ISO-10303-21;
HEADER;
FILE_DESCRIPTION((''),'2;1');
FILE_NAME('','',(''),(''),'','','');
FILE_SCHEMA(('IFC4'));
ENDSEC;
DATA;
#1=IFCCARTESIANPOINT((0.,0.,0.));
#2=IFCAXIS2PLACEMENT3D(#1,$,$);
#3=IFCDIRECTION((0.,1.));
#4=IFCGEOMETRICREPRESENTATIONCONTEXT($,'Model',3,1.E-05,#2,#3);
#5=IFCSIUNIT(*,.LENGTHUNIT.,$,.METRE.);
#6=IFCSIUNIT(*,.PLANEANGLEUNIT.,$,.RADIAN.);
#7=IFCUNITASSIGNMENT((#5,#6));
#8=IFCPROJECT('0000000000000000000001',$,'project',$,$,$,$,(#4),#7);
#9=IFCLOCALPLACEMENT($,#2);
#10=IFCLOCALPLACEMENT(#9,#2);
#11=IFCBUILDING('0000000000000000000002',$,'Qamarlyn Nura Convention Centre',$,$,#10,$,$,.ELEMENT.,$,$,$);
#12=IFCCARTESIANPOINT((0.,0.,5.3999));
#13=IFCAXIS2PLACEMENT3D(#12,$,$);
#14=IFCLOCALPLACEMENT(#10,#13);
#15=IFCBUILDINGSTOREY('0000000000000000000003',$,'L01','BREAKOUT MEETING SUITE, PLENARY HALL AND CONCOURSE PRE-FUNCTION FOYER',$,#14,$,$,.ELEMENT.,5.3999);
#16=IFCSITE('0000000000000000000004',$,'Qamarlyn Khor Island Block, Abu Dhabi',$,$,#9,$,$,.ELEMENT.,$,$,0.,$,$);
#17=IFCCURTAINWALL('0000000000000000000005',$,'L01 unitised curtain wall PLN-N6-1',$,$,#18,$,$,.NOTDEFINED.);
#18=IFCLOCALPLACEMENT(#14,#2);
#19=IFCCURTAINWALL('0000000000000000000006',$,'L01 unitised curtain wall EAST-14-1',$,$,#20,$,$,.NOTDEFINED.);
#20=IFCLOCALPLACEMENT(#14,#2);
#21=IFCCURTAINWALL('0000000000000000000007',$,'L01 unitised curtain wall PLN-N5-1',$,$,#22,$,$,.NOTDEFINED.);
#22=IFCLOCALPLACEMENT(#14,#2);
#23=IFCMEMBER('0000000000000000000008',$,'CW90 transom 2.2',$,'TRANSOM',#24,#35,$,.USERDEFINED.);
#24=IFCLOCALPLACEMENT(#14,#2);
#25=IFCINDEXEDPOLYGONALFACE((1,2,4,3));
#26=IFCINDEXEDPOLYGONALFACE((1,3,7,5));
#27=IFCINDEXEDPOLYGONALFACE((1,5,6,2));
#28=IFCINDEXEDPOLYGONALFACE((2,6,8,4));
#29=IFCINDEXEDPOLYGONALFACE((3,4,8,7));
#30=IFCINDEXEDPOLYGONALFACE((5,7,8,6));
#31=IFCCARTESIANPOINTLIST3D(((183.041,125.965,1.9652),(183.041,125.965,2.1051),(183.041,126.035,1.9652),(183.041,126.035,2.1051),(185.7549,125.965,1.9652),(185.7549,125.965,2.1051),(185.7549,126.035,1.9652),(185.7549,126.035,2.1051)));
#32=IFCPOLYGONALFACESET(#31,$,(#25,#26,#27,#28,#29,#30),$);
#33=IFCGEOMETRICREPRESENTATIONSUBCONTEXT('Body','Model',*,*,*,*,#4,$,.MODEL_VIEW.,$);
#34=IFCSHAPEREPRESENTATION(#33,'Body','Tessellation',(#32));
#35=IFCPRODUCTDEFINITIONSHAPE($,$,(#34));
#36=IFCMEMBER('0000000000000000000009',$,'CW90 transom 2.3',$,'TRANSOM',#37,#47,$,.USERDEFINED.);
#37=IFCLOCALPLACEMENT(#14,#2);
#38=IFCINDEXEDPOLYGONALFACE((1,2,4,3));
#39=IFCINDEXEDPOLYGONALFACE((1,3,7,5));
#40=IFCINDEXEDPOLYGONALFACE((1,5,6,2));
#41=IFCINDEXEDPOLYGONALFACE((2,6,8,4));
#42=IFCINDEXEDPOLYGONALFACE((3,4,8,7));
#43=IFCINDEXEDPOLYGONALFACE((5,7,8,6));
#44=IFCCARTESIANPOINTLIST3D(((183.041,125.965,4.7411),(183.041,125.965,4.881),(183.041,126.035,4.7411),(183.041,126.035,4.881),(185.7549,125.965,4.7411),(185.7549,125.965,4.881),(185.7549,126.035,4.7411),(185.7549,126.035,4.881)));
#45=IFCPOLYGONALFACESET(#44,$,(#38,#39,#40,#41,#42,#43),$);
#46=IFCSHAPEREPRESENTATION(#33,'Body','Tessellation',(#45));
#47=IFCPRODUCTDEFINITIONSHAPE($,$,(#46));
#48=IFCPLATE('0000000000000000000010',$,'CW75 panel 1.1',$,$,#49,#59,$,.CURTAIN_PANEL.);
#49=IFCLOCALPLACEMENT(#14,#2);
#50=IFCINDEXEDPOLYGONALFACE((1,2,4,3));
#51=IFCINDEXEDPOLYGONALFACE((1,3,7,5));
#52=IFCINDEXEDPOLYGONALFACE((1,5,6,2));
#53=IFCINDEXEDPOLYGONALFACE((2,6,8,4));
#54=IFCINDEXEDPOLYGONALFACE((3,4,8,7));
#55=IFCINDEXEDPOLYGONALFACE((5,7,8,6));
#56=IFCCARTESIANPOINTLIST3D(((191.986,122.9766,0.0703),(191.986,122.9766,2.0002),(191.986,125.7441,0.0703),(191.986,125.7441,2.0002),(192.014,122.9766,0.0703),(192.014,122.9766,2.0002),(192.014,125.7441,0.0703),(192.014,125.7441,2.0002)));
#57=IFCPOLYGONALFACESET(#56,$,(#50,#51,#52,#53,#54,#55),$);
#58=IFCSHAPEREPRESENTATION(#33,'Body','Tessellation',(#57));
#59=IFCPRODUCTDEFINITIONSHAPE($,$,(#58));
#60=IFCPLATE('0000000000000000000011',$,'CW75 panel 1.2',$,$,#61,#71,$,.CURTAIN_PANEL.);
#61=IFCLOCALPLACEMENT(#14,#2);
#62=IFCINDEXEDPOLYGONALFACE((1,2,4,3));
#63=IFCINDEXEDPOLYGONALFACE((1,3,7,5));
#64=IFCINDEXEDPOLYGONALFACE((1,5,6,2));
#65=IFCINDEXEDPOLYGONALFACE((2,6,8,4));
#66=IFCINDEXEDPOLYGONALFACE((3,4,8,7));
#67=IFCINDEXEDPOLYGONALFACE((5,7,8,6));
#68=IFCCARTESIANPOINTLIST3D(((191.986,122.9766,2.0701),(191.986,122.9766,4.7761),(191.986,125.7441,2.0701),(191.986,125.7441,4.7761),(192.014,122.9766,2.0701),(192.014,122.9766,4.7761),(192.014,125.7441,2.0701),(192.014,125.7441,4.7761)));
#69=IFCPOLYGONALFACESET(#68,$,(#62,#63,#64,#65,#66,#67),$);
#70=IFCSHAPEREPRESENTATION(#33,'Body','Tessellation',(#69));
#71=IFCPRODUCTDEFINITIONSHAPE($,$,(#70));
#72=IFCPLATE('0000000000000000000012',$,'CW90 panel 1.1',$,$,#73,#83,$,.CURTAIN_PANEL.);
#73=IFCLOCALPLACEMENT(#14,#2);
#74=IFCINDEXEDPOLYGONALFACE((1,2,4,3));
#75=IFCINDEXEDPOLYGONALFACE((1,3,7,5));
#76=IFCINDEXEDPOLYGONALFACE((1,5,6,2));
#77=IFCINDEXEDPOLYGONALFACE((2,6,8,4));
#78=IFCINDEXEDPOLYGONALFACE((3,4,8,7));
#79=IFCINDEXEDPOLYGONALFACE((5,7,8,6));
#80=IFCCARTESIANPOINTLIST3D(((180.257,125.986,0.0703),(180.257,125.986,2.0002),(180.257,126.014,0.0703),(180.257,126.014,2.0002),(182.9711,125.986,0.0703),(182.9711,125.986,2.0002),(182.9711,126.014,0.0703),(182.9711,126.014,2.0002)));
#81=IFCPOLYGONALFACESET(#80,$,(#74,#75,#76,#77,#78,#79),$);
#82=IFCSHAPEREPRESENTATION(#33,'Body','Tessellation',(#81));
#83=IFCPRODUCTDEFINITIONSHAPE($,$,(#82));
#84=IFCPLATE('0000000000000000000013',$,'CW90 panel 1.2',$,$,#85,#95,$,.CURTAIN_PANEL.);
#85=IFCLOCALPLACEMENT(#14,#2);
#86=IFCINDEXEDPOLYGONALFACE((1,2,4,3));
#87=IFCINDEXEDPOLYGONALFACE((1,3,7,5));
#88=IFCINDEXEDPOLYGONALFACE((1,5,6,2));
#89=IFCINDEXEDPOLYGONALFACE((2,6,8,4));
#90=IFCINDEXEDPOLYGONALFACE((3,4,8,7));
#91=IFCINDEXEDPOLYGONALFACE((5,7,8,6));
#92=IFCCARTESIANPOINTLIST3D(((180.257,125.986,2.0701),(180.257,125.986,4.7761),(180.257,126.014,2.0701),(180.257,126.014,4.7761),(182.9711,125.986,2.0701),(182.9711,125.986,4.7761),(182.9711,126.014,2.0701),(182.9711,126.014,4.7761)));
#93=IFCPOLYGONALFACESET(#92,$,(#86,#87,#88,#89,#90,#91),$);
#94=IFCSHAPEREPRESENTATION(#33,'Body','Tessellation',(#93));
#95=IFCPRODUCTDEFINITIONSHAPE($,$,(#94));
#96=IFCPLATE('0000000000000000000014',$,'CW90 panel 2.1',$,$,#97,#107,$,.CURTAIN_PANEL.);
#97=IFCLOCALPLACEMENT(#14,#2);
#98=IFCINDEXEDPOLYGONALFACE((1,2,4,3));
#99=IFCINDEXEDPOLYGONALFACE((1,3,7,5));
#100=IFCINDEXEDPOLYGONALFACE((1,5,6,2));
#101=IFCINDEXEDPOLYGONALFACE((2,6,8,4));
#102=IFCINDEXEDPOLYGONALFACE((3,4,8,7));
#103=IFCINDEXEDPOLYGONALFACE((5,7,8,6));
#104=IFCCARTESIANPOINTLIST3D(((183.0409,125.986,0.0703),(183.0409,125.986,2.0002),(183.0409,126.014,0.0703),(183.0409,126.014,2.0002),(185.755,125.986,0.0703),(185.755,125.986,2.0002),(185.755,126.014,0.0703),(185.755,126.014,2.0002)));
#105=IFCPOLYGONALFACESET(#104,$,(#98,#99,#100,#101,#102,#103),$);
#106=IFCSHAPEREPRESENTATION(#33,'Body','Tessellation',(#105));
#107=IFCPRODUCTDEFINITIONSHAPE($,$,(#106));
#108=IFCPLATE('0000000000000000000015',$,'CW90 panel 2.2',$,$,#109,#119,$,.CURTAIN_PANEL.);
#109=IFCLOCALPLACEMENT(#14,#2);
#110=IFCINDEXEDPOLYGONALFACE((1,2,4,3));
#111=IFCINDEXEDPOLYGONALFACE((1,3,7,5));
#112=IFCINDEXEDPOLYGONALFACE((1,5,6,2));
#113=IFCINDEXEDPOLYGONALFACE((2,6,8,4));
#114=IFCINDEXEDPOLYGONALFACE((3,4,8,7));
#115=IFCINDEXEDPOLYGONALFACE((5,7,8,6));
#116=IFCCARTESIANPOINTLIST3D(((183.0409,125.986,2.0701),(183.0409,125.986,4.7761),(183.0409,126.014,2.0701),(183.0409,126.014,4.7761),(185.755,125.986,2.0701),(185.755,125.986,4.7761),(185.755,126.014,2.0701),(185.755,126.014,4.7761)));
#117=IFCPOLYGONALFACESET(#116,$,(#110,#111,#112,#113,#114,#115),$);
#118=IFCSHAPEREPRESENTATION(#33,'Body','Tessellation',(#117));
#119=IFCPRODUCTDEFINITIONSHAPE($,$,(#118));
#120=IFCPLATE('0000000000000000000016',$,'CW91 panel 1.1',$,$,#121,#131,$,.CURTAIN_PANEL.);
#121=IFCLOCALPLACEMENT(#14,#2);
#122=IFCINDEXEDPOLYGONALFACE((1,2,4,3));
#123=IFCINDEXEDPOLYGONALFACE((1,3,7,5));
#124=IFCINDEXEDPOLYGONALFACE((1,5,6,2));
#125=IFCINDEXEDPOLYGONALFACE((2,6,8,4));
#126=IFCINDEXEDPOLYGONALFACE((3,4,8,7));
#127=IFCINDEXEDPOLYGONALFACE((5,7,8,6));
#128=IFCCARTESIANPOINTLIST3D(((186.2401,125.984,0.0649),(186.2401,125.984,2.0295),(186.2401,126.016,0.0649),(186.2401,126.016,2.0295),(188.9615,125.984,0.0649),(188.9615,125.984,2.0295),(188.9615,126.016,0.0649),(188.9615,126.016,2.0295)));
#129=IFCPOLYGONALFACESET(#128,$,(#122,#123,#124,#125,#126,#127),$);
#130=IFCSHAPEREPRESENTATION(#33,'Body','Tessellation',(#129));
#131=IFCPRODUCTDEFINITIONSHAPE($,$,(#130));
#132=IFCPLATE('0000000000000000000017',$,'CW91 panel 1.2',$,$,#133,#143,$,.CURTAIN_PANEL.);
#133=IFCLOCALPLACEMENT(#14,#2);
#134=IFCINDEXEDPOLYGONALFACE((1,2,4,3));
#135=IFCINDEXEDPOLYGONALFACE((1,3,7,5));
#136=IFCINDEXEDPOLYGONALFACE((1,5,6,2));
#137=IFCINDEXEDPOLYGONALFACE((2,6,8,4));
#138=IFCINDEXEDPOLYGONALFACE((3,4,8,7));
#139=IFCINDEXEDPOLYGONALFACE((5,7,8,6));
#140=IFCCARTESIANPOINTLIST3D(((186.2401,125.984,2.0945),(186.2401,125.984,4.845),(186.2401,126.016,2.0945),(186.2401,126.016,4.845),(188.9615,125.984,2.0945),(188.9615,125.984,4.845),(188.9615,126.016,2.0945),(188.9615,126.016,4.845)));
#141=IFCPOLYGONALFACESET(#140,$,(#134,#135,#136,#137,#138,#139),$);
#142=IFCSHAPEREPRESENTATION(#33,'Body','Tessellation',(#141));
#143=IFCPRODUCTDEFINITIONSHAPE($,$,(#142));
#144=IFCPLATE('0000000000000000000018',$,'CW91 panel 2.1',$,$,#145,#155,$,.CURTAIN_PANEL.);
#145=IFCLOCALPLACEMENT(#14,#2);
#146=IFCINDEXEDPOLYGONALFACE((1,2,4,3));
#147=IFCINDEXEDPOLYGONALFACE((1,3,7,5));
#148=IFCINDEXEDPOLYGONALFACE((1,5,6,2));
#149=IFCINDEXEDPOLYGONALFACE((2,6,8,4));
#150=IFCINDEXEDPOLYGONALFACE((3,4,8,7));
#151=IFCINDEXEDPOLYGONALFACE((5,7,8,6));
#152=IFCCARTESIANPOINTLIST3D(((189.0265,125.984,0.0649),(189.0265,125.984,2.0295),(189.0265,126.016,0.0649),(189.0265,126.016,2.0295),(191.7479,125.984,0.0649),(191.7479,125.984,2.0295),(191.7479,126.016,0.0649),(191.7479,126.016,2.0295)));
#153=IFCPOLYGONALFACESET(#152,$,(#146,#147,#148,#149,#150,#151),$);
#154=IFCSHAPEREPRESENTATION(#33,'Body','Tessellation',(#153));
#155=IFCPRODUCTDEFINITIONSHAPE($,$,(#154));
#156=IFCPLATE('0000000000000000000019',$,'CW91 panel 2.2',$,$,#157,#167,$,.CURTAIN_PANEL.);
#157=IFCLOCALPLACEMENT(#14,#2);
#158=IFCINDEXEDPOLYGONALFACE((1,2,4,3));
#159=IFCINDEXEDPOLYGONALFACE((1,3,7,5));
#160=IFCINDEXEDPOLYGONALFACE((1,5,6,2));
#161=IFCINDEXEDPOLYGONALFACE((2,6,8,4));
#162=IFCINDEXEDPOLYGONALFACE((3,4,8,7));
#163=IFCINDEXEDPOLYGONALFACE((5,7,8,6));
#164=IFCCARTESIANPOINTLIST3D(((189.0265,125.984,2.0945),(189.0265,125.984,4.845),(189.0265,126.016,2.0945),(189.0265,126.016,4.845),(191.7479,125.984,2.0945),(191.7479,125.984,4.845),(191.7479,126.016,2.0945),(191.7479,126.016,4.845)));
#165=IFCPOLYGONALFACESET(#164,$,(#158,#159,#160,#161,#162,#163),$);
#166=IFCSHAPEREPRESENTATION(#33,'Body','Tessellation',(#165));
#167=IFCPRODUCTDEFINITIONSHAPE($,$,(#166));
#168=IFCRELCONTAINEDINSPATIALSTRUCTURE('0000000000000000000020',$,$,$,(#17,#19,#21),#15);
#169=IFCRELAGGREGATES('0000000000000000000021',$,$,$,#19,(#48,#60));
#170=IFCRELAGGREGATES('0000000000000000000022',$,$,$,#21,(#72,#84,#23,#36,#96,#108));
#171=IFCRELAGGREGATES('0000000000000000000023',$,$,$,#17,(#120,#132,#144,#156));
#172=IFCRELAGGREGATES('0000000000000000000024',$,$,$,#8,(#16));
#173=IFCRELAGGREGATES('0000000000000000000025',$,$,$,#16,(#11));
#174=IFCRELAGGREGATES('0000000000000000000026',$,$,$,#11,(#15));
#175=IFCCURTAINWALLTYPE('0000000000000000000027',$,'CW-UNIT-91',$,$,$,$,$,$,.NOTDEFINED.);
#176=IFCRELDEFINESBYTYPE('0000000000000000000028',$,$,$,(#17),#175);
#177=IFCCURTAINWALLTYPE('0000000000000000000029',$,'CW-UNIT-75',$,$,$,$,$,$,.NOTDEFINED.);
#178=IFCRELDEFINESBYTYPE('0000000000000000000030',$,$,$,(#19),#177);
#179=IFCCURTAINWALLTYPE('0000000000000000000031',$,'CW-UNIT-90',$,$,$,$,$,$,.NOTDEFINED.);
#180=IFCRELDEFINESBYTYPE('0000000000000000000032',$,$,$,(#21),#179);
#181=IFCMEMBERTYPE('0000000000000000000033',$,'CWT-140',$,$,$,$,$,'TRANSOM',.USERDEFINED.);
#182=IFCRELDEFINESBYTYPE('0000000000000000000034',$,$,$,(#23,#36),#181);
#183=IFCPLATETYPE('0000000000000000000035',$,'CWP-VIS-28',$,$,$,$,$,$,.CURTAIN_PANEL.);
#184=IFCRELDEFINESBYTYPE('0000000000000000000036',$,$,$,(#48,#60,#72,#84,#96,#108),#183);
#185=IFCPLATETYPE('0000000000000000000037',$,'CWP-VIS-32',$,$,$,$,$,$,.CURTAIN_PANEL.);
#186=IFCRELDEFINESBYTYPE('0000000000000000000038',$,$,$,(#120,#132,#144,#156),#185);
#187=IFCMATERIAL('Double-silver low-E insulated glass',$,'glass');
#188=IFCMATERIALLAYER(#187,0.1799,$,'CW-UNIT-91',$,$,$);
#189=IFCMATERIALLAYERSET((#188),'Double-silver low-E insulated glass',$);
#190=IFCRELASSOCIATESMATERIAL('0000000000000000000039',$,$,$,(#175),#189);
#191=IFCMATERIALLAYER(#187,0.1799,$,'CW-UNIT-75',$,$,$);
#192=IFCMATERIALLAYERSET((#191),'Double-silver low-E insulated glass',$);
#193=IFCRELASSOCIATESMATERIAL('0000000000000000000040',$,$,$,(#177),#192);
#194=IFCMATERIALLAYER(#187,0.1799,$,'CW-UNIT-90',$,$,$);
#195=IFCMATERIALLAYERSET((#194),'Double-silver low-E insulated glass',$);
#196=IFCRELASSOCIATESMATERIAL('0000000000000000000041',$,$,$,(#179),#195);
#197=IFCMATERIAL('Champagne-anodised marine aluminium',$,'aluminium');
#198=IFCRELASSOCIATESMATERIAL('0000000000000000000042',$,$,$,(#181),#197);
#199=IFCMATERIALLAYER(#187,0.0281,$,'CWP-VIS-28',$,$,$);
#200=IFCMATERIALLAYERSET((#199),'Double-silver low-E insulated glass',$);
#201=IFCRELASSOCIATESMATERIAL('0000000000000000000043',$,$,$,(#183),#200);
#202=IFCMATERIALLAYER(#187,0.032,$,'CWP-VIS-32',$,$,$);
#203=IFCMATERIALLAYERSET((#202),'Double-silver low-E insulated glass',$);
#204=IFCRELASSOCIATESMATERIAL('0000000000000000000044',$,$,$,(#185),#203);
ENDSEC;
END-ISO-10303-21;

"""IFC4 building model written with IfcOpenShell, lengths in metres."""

from ifc_helpers import new_model, si_unit, direction, frame, origin, origin_2d, place, context, subcontext, project, spatial, rectangle, extrude, material, layer, layer_set, material_profile, profile_set, type_object, element, aggregate, save


model = new_model("IFC4")

# Units and contexts
model_context = context("Model", 3, precision=1e-05, world=origin(), true_north=direction((0.0, 1.0)))
body_context = subcontext(model_context, "Body", "Model", "MODEL_VIEW")
ifc_project = project(units=[si_unit("LENGTHUNIT", "METRE"), si_unit("PLANEANGLEUNIT", "RADIAN")], contexts=[model_context])

# Site, building, storey
site_placement = place(None, origin())
site = spatial("IfcSite", under=ifc_project, at=site_placement, Name="Qamarlyn Khor Island Block, Abu Dhabi", CompositionType="ELEMENT", RefElevation=0.0)
building_placement = place(site_placement, origin())
building = spatial("IfcBuilding", under=site, at=building_placement, Name="Qamarlyn Nura Convention Centre", CompositionType="ELEMENT")
storey_placement = place(building_placement, frame((0.0, 0.0, 5.3999)))
storey = spatial("IfcBuildingStorey", under=building, at=storey_placement, Name="L01", Description="BREAKOUT MEETING SUITE, PLENARY HALL AND CONCOURSE PRE-FUNCTION FOYER", CompositionType="ELEMENT", Elevation=5.3999)

# Curtain walls
ifc_material_1 = material(Name="Double-silver low-E insulated glass", Category="glass")
ifc_layer_1 = layer(ifc_material_1, 0.1799, Name="CW-UNIT-91")
ifc_layer_set_1 = layer_set([ifc_layer_1], Name="Double-silver low-E insulated glass")
curtain_wall_type_1 = type_object("IfcCurtainWallType", Name="CW-UNIT-91", PredefinedType="NOTDEFINED", material=ifc_layer_set_1)
curtain_wall_1_placement = place(storey_placement, origin())
curtain_wall_1 = element("IfcCurtainWall", 1, at=curtain_wall_1_placement, inside=storey, type_object=curtain_wall_type_1, Name="L01 unitised curtain wall PLN-N6-1", PredefinedType="NOTDEFINED")
ifc_material_2 = material(Name="Champagne-anodised marine aluminium", Category="aluminium")
ifc_layer_2 = layer(ifc_material_1, 0.1799, Name="CW-UNIT-75")
ifc_layer_set_2 = layer_set([ifc_layer_2], Name="Double-silver low-E insulated glass")
curtain_wall_type_2 = type_object("IfcCurtainWallType", Name="CW-UNIT-75", PredefinedType="NOTDEFINED", material=ifc_layer_set_2)
curtain_wall_2_placement = place(storey_placement, origin())
curtain_wall_2 = element("IfcCurtainWall", 2, at=curtain_wall_2_placement, inside=storey, type_object=curtain_wall_type_2, Name="L01 unitised curtain wall EAST-14-1", PredefinedType="NOTDEFINED")
ifc_layer_3 = layer(ifc_material_1, 0.1799, Name="CW-UNIT-90")
ifc_layer_set_3 = layer_set([ifc_layer_3], Name="Double-silver low-E insulated glass")
curtain_wall_type_3 = type_object("IfcCurtainWallType", Name="CW-UNIT-90", PredefinedType="NOTDEFINED", material=ifc_layer_set_3)
curtain_wall_3_placement = place(storey_placement, origin())
curtain_wall_3 = element("IfcCurtainWall", 3, at=curtain_wall_3_placement, inside=storey, type_object=curtain_wall_type_3, Name="L01 unitised curtain wall PLN-N5-1", PredefinedType="NOTDEFINED")

# Members
ifc_material_profile_1 = material_profile(ifc_material_2, rectangle(XDim=0.0701, YDim=0.1399, at=origin_2d()), Name="ALU TRANSOM 70x140")
ifc_profile_set_1 = profile_set([ifc_material_profile_1], Name="Champagne-anodised marine aluminium")
member_type_1 = type_object("IfcMemberType", Name="CWT-140", ElementType="TRANSOM", PredefinedType="USERDEFINED", material=ifc_profile_set_1)
member_1_placement = place(storey_placement, frame((183.041, 126.0, 2.0352), z_axis=(1.0, 0.0, 0.0), x_axis=(0.0, 1.0, 0.0)))
member_1 = element("IfcMember", 4, at=member_1_placement, type_object=member_type_1, Name="CW90 transom 2.2", ObjectType="TRANSOM", PredefinedType="USERDEFINED", context=body_context, shape_type="SweptSolid", body=[
    extrude(rectangle(XDim=0.0701, YDim=0.1399, at=origin_2d()), origin(), (0.0, 0.0, 1.0), 2.7139),
])
member_2_placement = place(storey_placement, frame((183.041, 126.0, 4.811), z_axis=(1.0, 0.0, 0.0), x_axis=(0.0, 1.0, 0.0)))
member_2 = element("IfcMember", 5, at=member_2_placement, type_object=member_type_1, Name="CW90 transom 2.3", ObjectType="TRANSOM", PredefinedType="USERDEFINED", context=body_context, shape_type="SweptSolid", body=[
    extrude(rectangle(XDim=0.0701, YDim=0.1399, at=origin_2d()), origin(), (0.0, 0.0, 1.0), 2.7139),
])

# Plates
ifc_layer_4 = layer(ifc_material_1, 0.0281, Name="CWP-VIS-28")
ifc_layer_set_4 = layer_set([ifc_layer_4], Name="Double-silver low-E insulated glass")
plate_type_1 = type_object("IfcPlateType", Name="CWP-VIS-28", PredefinedType="CURTAIN_PANEL", material=ifc_layer_set_4)
plate_1_placement = place(storey_placement, frame((192.0, 124.3604, 0.0703), z_axis=(0.0, 0.0, 1.0), x_axis=(0.0, -1.0, 0.0)))
plate_1 = element("IfcPlate", 6, at=plate_1_placement, type_object=plate_type_1, Name="CW75 panel 1.1", PredefinedType="CURTAIN_PANEL", context=body_context, shape_type="SweptSolid", body=[
    extrude(rectangle(XDim=2.7676, YDim=0.0281, at=origin_2d()), origin(), (0.0, 0.0, 1.0), 1.9299),
])
plate_2_placement = place(storey_placement, frame((192.0, 124.3604, 2.0701), z_axis=(0.0, 0.0, 1.0), x_axis=(0.0, -1.0, 0.0)))
plate_2 = element("IfcPlate", 7, at=plate_2_placement, type_object=plate_type_1, Name="CW75 panel 1.2", PredefinedType="CURTAIN_PANEL", context=body_context, shape_type="SweptSolid", body=[
    extrude(rectangle(XDim=2.7676, YDim=0.0281, at=origin_2d()), origin(), (0.0, 0.0, 1.0), 2.7061),
])
aggregate(curtain_wall_2, [plate_1, plate_2])
plate_3_placement = place(storey_placement, frame((181.614, 126.0, 0.0703), z_axis=(0.0, 0.0, 1.0), x_axis=(1.0, 0.0, 0.0)))
plate_3 = element("IfcPlate", 8, at=plate_3_placement, type_object=plate_type_1, Name="CW90 panel 1.1", PredefinedType="CURTAIN_PANEL", context=body_context, shape_type="SweptSolid", body=[
    extrude(rectangle(XDim=2.7141, YDim=0.0281, at=origin_2d()), origin(), (0.0, 0.0, 1.0), 1.9299),
])
plate_4_placement = place(storey_placement, frame((181.614, 126.0, 2.0701), z_axis=(0.0, 0.0, 1.0), x_axis=(1.0, 0.0, 0.0)))
plate_4 = element("IfcPlate", 9, at=plate_4_placement, type_object=plate_type_1, Name="CW90 panel 1.2", PredefinedType="CURTAIN_PANEL", context=body_context, shape_type="SweptSolid", body=[
    extrude(rectangle(XDim=2.7141, YDim=0.0281, at=origin_2d()), origin(), (0.0, 0.0, 1.0), 2.7061),
])
plate_5_placement = place(storey_placement, frame((184.3979, 126.0, 0.0703), z_axis=(0.0, 0.0, 1.0), x_axis=(1.0, 0.0, 0.0)))
plate_5 = element("IfcPlate", 10, at=plate_5_placement, type_object=plate_type_1, Name="CW90 panel 2.1", PredefinedType="CURTAIN_PANEL", context=body_context, shape_type="SweptSolid", body=[
    extrude(rectangle(XDim=2.7141, YDim=0.0281, at=origin_2d()), origin(), (0.0, 0.0, 1.0), 1.9299),
])
plate_6_placement = place(storey_placement, frame((184.3979, 126.0, 2.0701), z_axis=(0.0, 0.0, 1.0), x_axis=(1.0, 0.0, 0.0)))
plate_6 = element("IfcPlate", 11, at=plate_6_placement, type_object=plate_type_1, Name="CW90 panel 2.2", PredefinedType="CURTAIN_PANEL", context=body_context, shape_type="SweptSolid", body=[
    extrude(rectangle(XDim=2.7141, YDim=0.0281, at=origin_2d()), origin(), (0.0, 0.0, 1.0), 2.7061),
])
aggregate(curtain_wall_3, [plate_3, plate_4, member_1, member_2, plate_5, plate_6])
ifc_layer_5 = layer(ifc_material_1, 0.032, Name="CWP-VIS-32")
ifc_layer_set_5 = layer_set([ifc_layer_5], Name="Double-silver low-E insulated glass")
plate_type_2 = type_object("IfcPlateType", Name="CWP-VIS-32", PredefinedType="CURTAIN_PANEL", material=ifc_layer_set_5)
plate_7_placement = place(storey_placement, frame((187.6008, 126.0, 0.0649), z_axis=(0.0, 0.0, 1.0), x_axis=(1.0, 0.0, 0.0)))
plate_7 = element("IfcPlate", 12, at=plate_7_placement, type_object=plate_type_2, Name="CW91 panel 1.1", PredefinedType="CURTAIN_PANEL", context=body_context, shape_type="SweptSolid", body=[
    extrude(rectangle(XDim=2.7214, YDim=0.032, at=origin_2d()), origin(), (0.0, 0.0, 1.0), 1.9646),
])
plate_8_placement = place(storey_placement, frame((187.6008, 126.0, 2.0945), z_axis=(0.0, 0.0, 1.0), x_axis=(1.0, 0.0, 0.0)))
plate_8 = element("IfcPlate", 13, at=plate_8_placement, type_object=plate_type_2, Name="CW91 panel 1.2", PredefinedType="CURTAIN_PANEL", context=body_context, shape_type="SweptSolid", body=[
    extrude(rectangle(XDim=2.7214, YDim=0.032, at=origin_2d()), origin(), (0.0, 0.0, 1.0), 2.7505),
])
plate_9_placement = place(storey_placement, frame((190.3872, 126.0, 0.0649), z_axis=(0.0, 0.0, 1.0), x_axis=(1.0, 0.0, 0.0)))
plate_9 = element("IfcPlate", 14, at=plate_9_placement, type_object=plate_type_2, Name="CW91 panel 2.1", PredefinedType="CURTAIN_PANEL", context=body_context, shape_type="SweptSolid", body=[
    extrude(rectangle(XDim=2.7214, YDim=0.032, at=origin_2d()), origin(), (0.0, 0.0, 1.0), 1.9646),
])
plate_10_placement = place(storey_placement, frame((190.3872, 126.0, 2.0945), z_axis=(0.0, 0.0, 1.0), x_axis=(1.0, 0.0, 0.0)))
plate_10 = element("IfcPlate", 15, at=plate_10_placement, type_object=plate_type_2, Name="CW91 panel 2.2", PredefinedType="CURTAIN_PANEL", context=body_context, shape_type="SweptSolid", body=[
    extrude(rectangle(XDim=2.7214, YDim=0.032, at=origin_2d()), origin(), (0.0, 0.0, 1.0), 2.7505),
])
aggregate(curtain_wall_1, [plate_7, plate_8, plate_9, plate_10])

save(model, "model.ifc")
